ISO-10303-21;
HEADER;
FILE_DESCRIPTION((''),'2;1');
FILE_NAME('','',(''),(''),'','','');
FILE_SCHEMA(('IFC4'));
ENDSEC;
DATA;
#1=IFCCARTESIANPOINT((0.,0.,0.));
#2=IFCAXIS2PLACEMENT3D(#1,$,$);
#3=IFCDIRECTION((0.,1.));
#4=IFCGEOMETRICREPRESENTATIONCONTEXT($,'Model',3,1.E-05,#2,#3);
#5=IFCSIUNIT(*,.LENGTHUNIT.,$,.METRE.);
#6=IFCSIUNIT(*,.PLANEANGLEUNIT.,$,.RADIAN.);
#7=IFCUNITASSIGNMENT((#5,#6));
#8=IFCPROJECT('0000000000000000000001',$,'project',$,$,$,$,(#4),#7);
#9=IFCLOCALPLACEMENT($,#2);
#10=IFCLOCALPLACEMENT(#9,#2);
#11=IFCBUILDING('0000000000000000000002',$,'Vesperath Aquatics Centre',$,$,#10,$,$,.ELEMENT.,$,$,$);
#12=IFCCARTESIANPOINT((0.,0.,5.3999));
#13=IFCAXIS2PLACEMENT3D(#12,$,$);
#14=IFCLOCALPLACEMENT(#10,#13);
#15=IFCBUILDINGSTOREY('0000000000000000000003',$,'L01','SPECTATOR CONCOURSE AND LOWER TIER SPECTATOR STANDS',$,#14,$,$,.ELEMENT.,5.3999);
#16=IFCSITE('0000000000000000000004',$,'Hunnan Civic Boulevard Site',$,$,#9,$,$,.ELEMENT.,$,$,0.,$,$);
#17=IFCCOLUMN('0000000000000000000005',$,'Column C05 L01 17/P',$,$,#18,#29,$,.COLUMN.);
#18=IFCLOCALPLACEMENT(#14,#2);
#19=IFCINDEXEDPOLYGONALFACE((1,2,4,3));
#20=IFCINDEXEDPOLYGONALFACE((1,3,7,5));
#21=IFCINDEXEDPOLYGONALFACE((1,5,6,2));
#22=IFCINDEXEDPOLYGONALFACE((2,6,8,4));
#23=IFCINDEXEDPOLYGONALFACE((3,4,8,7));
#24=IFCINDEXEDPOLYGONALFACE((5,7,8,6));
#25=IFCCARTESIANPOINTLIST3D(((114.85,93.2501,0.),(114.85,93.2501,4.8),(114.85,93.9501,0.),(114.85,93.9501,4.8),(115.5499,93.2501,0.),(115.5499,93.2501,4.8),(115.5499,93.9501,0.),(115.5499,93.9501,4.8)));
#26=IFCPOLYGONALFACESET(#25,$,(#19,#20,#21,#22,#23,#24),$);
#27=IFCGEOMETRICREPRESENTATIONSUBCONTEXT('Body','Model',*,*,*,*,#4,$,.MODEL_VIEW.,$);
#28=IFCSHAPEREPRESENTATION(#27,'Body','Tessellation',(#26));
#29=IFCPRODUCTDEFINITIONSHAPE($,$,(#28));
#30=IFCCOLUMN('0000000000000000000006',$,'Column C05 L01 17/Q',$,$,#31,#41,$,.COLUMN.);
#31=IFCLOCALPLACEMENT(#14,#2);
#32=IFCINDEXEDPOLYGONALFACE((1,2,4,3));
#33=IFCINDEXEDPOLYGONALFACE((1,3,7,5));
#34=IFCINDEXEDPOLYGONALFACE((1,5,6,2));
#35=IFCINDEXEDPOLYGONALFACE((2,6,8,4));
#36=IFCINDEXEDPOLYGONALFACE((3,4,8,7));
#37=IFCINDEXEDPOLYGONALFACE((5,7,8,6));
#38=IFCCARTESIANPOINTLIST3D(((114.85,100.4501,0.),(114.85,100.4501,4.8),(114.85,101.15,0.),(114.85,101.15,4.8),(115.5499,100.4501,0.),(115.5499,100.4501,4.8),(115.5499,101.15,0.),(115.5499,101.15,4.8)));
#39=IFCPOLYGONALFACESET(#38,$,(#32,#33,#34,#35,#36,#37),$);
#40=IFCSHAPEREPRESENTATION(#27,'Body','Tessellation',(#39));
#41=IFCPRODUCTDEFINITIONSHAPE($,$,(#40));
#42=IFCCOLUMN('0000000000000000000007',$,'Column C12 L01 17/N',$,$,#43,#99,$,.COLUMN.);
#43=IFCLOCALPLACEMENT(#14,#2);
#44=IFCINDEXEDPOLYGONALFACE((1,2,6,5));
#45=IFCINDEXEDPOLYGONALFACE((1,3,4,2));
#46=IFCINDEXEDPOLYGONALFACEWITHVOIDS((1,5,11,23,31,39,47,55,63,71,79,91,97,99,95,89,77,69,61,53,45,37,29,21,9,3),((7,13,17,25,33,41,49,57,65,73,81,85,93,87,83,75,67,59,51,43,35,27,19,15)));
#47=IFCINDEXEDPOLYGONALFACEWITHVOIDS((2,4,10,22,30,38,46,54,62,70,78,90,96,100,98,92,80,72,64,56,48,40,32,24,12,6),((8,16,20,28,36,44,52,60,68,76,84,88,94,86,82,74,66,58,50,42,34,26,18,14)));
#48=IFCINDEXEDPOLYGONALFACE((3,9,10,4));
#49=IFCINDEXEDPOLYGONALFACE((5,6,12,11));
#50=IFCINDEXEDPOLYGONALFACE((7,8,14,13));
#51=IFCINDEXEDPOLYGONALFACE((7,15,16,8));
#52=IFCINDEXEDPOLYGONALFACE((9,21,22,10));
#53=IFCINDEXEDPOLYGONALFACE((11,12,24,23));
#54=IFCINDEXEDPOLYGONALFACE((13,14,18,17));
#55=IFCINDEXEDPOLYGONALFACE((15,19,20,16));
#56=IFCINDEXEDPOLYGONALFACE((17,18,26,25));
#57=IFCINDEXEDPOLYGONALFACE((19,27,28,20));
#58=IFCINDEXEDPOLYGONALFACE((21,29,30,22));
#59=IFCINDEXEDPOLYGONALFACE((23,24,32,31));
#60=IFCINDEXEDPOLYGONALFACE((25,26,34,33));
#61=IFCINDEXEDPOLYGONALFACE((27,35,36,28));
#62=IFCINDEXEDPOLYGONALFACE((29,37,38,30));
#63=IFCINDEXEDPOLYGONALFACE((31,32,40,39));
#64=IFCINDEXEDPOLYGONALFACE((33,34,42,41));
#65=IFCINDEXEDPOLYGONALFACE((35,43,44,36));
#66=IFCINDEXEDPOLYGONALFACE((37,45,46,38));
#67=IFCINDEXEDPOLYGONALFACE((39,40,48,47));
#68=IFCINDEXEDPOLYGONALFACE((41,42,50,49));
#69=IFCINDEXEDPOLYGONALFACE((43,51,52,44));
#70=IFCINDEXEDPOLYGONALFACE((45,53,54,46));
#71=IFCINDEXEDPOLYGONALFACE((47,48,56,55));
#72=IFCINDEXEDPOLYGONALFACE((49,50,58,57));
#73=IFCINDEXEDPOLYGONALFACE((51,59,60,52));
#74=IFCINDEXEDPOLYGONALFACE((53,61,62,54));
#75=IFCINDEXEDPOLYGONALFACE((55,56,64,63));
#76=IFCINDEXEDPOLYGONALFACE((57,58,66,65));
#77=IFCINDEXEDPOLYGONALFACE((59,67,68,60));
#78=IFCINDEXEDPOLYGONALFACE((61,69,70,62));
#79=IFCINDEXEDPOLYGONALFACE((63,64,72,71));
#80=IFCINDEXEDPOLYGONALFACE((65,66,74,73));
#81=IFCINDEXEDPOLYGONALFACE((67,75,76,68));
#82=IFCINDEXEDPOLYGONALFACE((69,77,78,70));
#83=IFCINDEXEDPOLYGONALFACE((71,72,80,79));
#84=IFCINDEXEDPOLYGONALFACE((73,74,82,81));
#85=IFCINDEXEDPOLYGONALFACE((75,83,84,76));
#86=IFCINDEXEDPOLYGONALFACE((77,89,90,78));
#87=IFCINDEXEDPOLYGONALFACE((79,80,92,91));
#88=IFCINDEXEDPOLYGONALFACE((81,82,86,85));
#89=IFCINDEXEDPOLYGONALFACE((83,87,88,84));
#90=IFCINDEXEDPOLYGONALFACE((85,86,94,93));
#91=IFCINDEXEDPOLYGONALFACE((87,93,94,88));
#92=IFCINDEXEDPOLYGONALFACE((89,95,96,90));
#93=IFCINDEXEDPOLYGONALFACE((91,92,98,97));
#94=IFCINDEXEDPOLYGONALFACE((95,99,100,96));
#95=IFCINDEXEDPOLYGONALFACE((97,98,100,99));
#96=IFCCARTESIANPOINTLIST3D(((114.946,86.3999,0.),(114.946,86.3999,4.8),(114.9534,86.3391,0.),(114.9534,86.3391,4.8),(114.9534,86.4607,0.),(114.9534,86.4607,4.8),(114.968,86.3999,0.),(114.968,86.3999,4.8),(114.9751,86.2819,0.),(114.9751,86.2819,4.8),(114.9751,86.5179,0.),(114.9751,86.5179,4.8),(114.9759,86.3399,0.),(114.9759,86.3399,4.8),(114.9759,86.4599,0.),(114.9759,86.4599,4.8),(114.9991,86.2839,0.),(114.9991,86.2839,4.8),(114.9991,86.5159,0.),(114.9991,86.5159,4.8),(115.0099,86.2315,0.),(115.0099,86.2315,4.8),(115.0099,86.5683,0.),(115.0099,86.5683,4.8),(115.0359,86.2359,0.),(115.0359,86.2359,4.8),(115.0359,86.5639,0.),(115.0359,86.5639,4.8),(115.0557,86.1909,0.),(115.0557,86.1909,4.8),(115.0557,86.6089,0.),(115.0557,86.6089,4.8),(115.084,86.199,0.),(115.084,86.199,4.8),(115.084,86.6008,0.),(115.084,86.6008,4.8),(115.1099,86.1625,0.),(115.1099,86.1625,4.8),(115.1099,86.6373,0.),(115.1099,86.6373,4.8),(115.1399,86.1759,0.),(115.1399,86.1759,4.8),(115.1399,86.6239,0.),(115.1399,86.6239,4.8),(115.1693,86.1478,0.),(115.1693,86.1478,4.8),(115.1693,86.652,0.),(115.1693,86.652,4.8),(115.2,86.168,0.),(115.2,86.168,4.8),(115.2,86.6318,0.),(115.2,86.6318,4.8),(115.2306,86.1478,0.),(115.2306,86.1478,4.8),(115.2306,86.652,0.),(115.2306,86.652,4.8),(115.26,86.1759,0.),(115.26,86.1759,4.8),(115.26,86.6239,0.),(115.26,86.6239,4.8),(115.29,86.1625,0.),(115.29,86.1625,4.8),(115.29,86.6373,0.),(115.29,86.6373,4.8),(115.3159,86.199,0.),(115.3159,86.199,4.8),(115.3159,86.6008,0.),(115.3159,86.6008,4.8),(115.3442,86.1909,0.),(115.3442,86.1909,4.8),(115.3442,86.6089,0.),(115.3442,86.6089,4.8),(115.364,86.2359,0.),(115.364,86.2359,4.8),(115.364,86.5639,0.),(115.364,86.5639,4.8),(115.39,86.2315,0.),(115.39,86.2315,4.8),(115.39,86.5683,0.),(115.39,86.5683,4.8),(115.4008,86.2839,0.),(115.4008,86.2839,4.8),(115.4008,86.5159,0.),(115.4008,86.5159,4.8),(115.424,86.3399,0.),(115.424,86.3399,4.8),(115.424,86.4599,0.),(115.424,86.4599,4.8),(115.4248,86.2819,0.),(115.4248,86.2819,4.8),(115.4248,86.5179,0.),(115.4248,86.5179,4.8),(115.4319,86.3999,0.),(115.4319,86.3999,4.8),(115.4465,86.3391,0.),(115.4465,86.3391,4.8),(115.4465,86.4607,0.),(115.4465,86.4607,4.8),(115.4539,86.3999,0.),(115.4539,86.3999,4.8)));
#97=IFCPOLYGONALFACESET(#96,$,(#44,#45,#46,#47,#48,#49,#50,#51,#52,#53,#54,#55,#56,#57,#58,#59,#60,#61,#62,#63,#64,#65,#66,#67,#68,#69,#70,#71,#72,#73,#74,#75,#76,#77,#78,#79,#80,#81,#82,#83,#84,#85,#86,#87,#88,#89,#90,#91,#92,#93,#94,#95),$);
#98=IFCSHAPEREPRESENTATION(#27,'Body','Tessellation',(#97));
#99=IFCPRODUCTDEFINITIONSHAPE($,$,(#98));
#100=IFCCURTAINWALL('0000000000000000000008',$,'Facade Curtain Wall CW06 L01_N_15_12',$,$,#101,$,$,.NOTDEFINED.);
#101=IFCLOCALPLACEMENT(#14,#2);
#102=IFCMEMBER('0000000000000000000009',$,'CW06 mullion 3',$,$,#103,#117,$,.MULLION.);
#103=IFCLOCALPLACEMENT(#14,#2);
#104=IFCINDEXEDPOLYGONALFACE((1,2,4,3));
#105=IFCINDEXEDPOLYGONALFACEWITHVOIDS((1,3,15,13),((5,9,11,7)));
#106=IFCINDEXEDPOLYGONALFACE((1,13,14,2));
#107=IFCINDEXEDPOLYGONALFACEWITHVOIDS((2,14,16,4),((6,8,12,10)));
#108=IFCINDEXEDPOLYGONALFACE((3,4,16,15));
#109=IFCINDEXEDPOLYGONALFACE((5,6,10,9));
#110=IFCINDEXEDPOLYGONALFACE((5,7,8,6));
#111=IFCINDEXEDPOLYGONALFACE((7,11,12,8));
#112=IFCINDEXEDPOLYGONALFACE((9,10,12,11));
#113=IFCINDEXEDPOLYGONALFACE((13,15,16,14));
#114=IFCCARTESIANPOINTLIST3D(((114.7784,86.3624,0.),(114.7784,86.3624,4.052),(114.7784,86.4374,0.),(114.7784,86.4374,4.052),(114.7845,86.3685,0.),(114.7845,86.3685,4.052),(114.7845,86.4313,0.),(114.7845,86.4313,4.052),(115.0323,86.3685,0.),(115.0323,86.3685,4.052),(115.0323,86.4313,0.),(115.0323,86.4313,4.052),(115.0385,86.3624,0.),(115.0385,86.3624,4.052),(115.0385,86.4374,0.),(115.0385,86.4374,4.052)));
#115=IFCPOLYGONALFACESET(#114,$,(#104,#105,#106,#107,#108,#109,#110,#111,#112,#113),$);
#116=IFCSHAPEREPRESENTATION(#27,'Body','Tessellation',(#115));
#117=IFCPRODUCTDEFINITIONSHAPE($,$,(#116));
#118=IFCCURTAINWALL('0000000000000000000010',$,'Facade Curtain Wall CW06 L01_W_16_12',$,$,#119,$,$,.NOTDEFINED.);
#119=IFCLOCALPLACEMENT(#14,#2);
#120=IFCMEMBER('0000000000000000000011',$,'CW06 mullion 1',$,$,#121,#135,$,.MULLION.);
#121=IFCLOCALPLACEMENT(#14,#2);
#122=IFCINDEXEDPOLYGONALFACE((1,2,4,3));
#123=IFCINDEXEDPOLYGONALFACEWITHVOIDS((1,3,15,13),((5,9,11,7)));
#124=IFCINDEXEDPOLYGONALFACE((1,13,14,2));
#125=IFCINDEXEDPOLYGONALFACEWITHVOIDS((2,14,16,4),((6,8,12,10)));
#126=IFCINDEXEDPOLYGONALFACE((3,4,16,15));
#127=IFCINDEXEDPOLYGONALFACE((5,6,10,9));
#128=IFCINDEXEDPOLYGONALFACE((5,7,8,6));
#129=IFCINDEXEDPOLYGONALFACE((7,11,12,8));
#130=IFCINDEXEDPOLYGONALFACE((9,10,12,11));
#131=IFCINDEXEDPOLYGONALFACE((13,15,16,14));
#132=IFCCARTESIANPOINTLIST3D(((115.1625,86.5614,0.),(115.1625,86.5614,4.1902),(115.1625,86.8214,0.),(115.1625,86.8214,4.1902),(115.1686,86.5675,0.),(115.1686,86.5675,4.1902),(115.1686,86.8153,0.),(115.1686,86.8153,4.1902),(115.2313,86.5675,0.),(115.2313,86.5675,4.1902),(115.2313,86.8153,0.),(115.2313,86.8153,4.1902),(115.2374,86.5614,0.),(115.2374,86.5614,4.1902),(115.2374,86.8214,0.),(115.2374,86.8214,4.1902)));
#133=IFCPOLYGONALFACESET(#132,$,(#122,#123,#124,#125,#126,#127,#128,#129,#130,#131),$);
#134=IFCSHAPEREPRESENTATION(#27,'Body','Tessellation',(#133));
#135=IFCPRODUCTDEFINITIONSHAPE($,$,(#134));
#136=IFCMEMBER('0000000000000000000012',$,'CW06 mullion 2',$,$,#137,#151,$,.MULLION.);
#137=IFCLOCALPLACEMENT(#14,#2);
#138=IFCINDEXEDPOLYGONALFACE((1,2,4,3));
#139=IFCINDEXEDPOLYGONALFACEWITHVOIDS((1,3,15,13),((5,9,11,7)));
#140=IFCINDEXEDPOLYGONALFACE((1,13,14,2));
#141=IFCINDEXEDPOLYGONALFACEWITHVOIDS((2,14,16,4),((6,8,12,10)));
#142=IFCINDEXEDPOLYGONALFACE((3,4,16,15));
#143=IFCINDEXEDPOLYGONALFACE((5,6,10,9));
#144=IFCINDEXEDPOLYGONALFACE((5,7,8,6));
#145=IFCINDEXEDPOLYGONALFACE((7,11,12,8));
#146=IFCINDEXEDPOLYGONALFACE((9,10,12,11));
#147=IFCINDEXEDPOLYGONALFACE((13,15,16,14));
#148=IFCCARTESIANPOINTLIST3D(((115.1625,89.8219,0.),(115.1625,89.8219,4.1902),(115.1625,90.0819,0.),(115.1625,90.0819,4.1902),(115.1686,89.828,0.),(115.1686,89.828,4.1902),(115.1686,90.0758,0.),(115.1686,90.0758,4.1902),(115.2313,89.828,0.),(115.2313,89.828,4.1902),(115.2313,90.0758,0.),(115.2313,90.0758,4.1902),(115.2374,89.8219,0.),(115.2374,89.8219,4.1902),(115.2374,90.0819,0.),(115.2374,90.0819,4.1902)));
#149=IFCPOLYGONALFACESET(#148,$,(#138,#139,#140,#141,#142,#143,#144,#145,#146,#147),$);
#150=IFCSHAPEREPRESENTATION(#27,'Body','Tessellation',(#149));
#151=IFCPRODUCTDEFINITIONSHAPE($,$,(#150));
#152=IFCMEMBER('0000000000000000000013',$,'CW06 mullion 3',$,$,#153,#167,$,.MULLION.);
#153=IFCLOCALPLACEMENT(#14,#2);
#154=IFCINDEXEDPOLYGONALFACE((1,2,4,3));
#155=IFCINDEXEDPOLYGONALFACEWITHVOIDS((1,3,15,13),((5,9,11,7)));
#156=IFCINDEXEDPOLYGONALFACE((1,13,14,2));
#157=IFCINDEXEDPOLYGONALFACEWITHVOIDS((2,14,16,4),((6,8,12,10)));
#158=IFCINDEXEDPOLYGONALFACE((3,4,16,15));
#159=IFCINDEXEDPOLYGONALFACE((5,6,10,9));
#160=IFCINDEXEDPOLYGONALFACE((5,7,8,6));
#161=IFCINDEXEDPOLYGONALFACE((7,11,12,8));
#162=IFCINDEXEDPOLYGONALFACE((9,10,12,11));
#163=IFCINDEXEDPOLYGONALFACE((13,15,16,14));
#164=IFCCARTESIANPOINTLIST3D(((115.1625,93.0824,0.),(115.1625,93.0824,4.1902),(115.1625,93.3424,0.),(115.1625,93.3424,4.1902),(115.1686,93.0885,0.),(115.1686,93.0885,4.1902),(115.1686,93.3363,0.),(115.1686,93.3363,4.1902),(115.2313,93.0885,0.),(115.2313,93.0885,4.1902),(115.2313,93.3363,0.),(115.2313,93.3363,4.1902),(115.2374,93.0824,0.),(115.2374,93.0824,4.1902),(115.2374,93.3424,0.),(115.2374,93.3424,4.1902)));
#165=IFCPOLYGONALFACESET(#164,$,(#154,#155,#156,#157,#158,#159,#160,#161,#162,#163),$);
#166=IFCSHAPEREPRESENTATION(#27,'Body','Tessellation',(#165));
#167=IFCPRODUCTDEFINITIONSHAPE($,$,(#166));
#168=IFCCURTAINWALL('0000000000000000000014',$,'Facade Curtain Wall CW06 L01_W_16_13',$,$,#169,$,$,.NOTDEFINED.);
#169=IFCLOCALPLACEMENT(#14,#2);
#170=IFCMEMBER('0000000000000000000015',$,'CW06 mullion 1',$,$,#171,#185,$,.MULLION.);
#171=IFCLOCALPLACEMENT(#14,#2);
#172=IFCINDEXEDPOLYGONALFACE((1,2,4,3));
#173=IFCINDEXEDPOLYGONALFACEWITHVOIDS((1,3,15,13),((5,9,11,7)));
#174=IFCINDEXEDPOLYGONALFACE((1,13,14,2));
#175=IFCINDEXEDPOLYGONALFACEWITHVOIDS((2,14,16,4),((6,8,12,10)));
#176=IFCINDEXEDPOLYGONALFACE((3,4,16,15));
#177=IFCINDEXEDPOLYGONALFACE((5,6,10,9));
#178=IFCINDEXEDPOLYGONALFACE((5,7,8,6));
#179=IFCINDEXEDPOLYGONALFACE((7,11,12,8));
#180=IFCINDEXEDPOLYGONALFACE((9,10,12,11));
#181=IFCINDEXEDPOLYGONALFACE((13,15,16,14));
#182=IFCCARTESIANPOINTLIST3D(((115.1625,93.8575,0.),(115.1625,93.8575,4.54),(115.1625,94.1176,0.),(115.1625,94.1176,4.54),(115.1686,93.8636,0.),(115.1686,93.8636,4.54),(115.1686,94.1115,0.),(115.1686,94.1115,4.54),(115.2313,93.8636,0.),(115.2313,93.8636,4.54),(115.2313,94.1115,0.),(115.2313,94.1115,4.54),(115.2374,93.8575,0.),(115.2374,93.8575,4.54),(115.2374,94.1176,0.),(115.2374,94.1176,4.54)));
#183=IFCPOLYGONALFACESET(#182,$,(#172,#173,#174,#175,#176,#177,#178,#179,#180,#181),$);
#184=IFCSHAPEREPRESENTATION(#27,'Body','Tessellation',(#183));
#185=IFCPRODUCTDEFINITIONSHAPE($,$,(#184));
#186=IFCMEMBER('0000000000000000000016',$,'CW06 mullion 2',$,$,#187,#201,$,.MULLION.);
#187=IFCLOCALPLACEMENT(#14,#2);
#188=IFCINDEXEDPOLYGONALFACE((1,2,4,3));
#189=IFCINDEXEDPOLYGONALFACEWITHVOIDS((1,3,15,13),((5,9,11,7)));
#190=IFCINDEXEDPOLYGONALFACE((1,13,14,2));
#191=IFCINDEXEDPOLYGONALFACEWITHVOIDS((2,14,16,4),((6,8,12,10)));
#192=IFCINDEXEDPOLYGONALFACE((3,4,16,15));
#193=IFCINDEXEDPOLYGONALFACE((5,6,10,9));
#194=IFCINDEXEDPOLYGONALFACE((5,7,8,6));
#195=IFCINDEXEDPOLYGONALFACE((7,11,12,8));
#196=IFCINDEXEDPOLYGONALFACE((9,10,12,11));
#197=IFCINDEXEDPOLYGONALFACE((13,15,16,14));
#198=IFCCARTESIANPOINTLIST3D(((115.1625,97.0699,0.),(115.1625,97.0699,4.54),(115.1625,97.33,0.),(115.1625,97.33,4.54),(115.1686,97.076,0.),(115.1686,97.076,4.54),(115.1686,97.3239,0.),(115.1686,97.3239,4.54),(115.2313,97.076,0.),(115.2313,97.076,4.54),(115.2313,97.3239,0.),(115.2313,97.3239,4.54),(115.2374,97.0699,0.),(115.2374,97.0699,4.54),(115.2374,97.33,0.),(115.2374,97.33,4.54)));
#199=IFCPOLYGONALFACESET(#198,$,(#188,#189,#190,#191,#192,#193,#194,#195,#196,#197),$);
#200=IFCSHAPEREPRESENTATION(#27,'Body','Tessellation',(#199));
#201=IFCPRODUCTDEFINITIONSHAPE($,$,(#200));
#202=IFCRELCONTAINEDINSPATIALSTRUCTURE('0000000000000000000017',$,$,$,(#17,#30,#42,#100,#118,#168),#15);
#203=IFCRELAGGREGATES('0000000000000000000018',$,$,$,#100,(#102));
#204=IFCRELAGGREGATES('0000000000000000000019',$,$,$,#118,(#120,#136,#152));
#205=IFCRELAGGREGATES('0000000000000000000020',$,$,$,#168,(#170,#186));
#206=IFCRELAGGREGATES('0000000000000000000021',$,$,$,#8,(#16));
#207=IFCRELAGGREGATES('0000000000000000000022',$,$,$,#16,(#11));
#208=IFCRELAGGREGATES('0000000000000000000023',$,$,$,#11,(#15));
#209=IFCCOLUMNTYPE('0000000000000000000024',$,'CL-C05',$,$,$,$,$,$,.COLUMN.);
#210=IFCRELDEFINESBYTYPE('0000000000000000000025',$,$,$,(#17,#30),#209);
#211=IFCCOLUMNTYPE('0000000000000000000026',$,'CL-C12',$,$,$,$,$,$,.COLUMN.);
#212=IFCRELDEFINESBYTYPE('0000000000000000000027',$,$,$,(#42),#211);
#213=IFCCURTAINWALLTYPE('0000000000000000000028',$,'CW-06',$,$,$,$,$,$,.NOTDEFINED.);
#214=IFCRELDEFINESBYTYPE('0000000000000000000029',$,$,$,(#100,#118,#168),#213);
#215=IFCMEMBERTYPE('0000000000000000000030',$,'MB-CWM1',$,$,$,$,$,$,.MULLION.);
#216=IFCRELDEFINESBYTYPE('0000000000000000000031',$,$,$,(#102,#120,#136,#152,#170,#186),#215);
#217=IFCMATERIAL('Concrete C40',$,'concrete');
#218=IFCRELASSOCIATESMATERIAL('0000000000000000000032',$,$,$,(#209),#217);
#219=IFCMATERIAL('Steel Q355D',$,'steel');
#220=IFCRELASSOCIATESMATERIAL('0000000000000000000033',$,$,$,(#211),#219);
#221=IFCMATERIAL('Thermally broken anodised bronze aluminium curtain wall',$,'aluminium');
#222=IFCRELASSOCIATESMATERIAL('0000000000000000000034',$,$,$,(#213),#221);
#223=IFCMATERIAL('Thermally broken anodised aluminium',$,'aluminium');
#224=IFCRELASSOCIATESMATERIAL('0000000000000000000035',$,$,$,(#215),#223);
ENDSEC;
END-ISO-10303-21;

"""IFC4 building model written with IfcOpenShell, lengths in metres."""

from ifc_helpers import new_model, si_unit, direction, frame, origin, origin_2d, place, context, subcontext, project, spatial, rectangle, hollow_rectangle, hollow_circle, extrude, material, material_profile, profile_set, type_object, element, aggregate, save


model = new_model("IFC4")

# Units and contexts
model_context = context("Model", 3, precision=1e-05, world=origin(), true_north=direction((0.0, 1.0)))
body_context = subcontext(model_context, "Body", "Model", "MODEL_VIEW")
ifc_project = project(units=[si_unit("LENGTHUNIT", "METRE"), si_unit("PLANEANGLEUNIT", "RADIAN")], contexts=[model_context])

# Site, building, storey
site_placement = place(None, origin())
site = spatial("IfcSite", under=ifc_project, at=site_placement, Name="Hunnan Civic Boulevard Site", CompositionType="ELEMENT", RefElevation=0.0)
building_placement = place(site_placement, origin())
building = spatial("IfcBuilding", under=site, at=building_placement, Name="Vesperath Aquatics Centre", CompositionType="ELEMENT")
storey_placement = place(building_placement, frame((0.0, 0.0, 5.3999)))
storey = spatial("IfcBuildingStorey", under=building, at=storey_placement, Name="L01", Description="SPECTATOR CONCOURSE AND LOWER TIER SPECTATOR STANDS", CompositionType="ELEMENT", Elevation=5.3999)

# Columns
ifc_material_1 = material(Name="Concrete C40", Category="concrete")
ifc_material_profile_1 = material_profile(ifc_material_1, rectangle(XDim=0.7, YDim=0.7, at=origin_2d()), Name="RC 700x700")
ifc_profile_set_1 = profile_set([ifc_material_profile_1], Name="Concrete C40")
column_type_1 = type_object("IfcColumnType", Name="CL-C05", PredefinedType="COLUMN", material=ifc_profile_set_1)
for number, where, z_axis, x_axis, name in (
    (1, (115.2, 93.6001, 0.0), (0.0, 0.0, 1.0), (1.0, 0.0, 0.0), "Column C05 L01 17/P"),
    (2, (115.2, 100.8, 0.0), (0.0, 0.0, 1.0), (1.0, 0.0, 0.0), "Column C05 L01 17/Q"),
):
    element("IfcColumn", number, at=place(storey_placement, frame(where, z_axis=z_axis, x_axis=x_axis)), inside=storey, type_object=column_type_1, Name=name, PredefinedType="COLUMN", context=body_context, shape_type="SweptSolid", body=[
        extrude(rectangle(XDim=0.7, YDim=0.7, at=origin_2d()), origin(), (0.0, 0.0, 1.0), 4.8),
    ])
ifc_material_2 = material(Name="Steel Q355D", Category="steel")
ifc_material_profile_2 = material_profile(ifc_material_2, hollow_circle(Radius=0.2539, WallThickness=0.022, at=origin_2d()), Name="CHS 508.0x22")
ifc_profile_set_2 = profile_set([ifc_material_profile_2], Name="Steel Q355D")
column_type_2 = type_object("IfcColumnType", Name="CL-C12", PredefinedType="COLUMN", material=ifc_profile_set_2)
column_placement = place(storey_placement, frame((115.2, 86.3999, 0.0), z_axis=(0.0, 0.0, 1.0), x_axis=(1.0, 0.0, 0.0)))
element("IfcColumn", 3, at=column_placement, inside=storey, type_object=column_type_2, Name="Column C12 L01 17/N", PredefinedType="COLUMN", context=body_context, shape_type="SweptSolid", body=[
    extrude(hollow_circle(Radius=0.2539, WallThickness=0.022, at=origin_2d()), origin(), (0.0, 0.0, 1.0), 4.8),
])

# Curtain wall, member
ifc_material_3 = material(Name="Thermally broken anodised bronze aluminium curtain wall", Category="aluminium")
curtain_wall_type = type_object("IfcCurtainWallType", Name="CW-06", PredefinedType="NOTDEFINED", material=ifc_material_3)
curtain_wall_1_placement = place(storey_placement, origin())
curtain_wall_1 = element("IfcCurtainWall", 4, at=curtain_wall_1_placement, inside=storey, type_object=curtain_wall_type, Name="Facade Curtain Wall CW06 L01_N_15_12", PredefinedType="NOTDEFINED")
ifc_material_4 = material(Name="Thermally broken anodised aluminium", Category="aluminium")
ifc_material_profile_3 = material_profile(ifc_material_4, hollow_rectangle(XDim=0.075, YDim=0.26, WallThickness=0.0061, at=origin_2d()), Name="CWM 75x260x6")
ifc_profile_set_3 = profile_set([ifc_material_profile_3], Name="Thermally broken anodised aluminium")
member_type_1 = type_object("IfcMemberType", Name="MB-CWM1", PredefinedType="MULLION", material=ifc_profile_set_3)
member_1_placement = place(storey_placement, frame((114.9084, 86.3999, 0.0), z_axis=(0.0, 0.0, 1.0), x_axis=(0.0, 1.0, 0.0)))
member_1 = element("IfcMember", 5, at=member_1_placement, type_object=member_type_1, Name="CW06 mullion 3", PredefinedType="MULLION", context=body_context, shape_type="SweptSolid", body=[
    extrude(hollow_rectangle(XDim=0.075, YDim=0.26, WallThickness=0.0061, at=origin_2d()), origin(), (0.0, 0.0, 1.0), 4.052),
])

# Curtain walls, members
curtain_wall_2_placement = place(storey_placement, origin())
curtain_wall_2 = element("IfcCurtainWall", 6, at=curtain_wall_2_placement, inside=storey, type_object=curtain_wall_type, Name="Facade Curtain Wall CW06 L01_W_16_12", PredefinedType="NOTDEFINED")
member_2_placement = place(storey_placement, frame((115.2, 86.6914, 0.0), z_axis=(0.0, 0.0, 1.0), x_axis=(-1.0, 0.0, 0.0)))
member_2 = element("IfcMember", 7, at=member_2_placement, type_object=member_type_1, Name="CW06 mullion 1", PredefinedType="MULLION", context=body_context, shape_type="SweptSolid", body=[
    extrude(hollow_rectangle(XDim=0.075, YDim=0.26, WallThickness=0.0061, at=origin_2d()), origin(), (0.0, 0.0, 1.0), 4.1902),
])
member_3_placement = place(storey_placement, frame((115.2, 89.9519, 0.0), z_axis=(0.0, 0.0, 1.0), x_axis=(-1.0, 0.0, 0.0)))
member_3 = element("IfcMember", 8, at=member_3_placement, type_object=member_type_1, Name="CW06 mullion 2", PredefinedType="MULLION", context=body_context, shape_type="SweptSolid", body=[
    extrude(hollow_rectangle(XDim=0.075, YDim=0.26, WallThickness=0.0061, at=origin_2d()), origin(), (0.0, 0.0, 1.0), 4.1902),
])
member_4_placement = place(storey_placement, frame((115.2, 93.2124, 0.0), z_axis=(0.0, 0.0, 1.0), x_axis=(-1.0, 0.0, 0.0)))
member_4 = element("IfcMember", 9, at=member_4_placement, type_object=member_type_1, Name="CW06 mullion 3", PredefinedType="MULLION", context=body_context, shape_type="SweptSolid", body=[
    extrude(hollow_rectangle(XDim=0.075, YDim=0.26, WallThickness=0.0061, at=origin_2d()), origin(), (0.0, 0.0, 1.0), 4.1902),
])
curtain_wall_3_placement = place(storey_placement, origin())
curtain_wall_3 = element("IfcCurtainWall", 10, at=curtain_wall_3_placement, inside=storey, type_object=curtain_wall_type, Name="Facade Curtain Wall CW06 L01_W_16_13", PredefinedType="NOTDEFINED")
member_5_placement = place(storey_placement, frame((115.2, 93.9875, 0.0), z_axis=(0.0, 0.0, 1.0), x_axis=(-1.0, 0.0, 0.0)))
member_5 = element("IfcMember", 11, at=member_5_placement, type_object=member_type_1, Name="CW06 mullion 1", PredefinedType="MULLION", context=body_context, shape_type="SweptSolid", body=[
    extrude(hollow_rectangle(XDim=0.075, YDim=0.26, WallThickness=0.0061, at=origin_2d()), origin(), (0.0, 0.0, 1.0), 4.54),
])
member_6_placement = place(storey_placement, frame((115.2, 97.2, 0.0), z_axis=(0.0, 0.0, 1.0), x_axis=(-1.0, 0.0, 0.0)))
member_6 = element("IfcMember", 12, at=member_6_placement, type_object=member_type_1, Name="CW06 mullion 2", PredefinedType="MULLION", context=body_context, shape_type="SweptSolid", body=[
    extrude(hollow_rectangle(XDim=0.075, YDim=0.26, WallThickness=0.0061, at=origin_2d()), origin(), (0.0, 0.0, 1.0), 4.54),
])

aggregate(curtain_wall_1, [member_1])
aggregate(curtain_wall_2, [member_2, member_3, member_4])
aggregate(curtain_wall_3, [member_5, member_6])

save(model, "model.ifc")
